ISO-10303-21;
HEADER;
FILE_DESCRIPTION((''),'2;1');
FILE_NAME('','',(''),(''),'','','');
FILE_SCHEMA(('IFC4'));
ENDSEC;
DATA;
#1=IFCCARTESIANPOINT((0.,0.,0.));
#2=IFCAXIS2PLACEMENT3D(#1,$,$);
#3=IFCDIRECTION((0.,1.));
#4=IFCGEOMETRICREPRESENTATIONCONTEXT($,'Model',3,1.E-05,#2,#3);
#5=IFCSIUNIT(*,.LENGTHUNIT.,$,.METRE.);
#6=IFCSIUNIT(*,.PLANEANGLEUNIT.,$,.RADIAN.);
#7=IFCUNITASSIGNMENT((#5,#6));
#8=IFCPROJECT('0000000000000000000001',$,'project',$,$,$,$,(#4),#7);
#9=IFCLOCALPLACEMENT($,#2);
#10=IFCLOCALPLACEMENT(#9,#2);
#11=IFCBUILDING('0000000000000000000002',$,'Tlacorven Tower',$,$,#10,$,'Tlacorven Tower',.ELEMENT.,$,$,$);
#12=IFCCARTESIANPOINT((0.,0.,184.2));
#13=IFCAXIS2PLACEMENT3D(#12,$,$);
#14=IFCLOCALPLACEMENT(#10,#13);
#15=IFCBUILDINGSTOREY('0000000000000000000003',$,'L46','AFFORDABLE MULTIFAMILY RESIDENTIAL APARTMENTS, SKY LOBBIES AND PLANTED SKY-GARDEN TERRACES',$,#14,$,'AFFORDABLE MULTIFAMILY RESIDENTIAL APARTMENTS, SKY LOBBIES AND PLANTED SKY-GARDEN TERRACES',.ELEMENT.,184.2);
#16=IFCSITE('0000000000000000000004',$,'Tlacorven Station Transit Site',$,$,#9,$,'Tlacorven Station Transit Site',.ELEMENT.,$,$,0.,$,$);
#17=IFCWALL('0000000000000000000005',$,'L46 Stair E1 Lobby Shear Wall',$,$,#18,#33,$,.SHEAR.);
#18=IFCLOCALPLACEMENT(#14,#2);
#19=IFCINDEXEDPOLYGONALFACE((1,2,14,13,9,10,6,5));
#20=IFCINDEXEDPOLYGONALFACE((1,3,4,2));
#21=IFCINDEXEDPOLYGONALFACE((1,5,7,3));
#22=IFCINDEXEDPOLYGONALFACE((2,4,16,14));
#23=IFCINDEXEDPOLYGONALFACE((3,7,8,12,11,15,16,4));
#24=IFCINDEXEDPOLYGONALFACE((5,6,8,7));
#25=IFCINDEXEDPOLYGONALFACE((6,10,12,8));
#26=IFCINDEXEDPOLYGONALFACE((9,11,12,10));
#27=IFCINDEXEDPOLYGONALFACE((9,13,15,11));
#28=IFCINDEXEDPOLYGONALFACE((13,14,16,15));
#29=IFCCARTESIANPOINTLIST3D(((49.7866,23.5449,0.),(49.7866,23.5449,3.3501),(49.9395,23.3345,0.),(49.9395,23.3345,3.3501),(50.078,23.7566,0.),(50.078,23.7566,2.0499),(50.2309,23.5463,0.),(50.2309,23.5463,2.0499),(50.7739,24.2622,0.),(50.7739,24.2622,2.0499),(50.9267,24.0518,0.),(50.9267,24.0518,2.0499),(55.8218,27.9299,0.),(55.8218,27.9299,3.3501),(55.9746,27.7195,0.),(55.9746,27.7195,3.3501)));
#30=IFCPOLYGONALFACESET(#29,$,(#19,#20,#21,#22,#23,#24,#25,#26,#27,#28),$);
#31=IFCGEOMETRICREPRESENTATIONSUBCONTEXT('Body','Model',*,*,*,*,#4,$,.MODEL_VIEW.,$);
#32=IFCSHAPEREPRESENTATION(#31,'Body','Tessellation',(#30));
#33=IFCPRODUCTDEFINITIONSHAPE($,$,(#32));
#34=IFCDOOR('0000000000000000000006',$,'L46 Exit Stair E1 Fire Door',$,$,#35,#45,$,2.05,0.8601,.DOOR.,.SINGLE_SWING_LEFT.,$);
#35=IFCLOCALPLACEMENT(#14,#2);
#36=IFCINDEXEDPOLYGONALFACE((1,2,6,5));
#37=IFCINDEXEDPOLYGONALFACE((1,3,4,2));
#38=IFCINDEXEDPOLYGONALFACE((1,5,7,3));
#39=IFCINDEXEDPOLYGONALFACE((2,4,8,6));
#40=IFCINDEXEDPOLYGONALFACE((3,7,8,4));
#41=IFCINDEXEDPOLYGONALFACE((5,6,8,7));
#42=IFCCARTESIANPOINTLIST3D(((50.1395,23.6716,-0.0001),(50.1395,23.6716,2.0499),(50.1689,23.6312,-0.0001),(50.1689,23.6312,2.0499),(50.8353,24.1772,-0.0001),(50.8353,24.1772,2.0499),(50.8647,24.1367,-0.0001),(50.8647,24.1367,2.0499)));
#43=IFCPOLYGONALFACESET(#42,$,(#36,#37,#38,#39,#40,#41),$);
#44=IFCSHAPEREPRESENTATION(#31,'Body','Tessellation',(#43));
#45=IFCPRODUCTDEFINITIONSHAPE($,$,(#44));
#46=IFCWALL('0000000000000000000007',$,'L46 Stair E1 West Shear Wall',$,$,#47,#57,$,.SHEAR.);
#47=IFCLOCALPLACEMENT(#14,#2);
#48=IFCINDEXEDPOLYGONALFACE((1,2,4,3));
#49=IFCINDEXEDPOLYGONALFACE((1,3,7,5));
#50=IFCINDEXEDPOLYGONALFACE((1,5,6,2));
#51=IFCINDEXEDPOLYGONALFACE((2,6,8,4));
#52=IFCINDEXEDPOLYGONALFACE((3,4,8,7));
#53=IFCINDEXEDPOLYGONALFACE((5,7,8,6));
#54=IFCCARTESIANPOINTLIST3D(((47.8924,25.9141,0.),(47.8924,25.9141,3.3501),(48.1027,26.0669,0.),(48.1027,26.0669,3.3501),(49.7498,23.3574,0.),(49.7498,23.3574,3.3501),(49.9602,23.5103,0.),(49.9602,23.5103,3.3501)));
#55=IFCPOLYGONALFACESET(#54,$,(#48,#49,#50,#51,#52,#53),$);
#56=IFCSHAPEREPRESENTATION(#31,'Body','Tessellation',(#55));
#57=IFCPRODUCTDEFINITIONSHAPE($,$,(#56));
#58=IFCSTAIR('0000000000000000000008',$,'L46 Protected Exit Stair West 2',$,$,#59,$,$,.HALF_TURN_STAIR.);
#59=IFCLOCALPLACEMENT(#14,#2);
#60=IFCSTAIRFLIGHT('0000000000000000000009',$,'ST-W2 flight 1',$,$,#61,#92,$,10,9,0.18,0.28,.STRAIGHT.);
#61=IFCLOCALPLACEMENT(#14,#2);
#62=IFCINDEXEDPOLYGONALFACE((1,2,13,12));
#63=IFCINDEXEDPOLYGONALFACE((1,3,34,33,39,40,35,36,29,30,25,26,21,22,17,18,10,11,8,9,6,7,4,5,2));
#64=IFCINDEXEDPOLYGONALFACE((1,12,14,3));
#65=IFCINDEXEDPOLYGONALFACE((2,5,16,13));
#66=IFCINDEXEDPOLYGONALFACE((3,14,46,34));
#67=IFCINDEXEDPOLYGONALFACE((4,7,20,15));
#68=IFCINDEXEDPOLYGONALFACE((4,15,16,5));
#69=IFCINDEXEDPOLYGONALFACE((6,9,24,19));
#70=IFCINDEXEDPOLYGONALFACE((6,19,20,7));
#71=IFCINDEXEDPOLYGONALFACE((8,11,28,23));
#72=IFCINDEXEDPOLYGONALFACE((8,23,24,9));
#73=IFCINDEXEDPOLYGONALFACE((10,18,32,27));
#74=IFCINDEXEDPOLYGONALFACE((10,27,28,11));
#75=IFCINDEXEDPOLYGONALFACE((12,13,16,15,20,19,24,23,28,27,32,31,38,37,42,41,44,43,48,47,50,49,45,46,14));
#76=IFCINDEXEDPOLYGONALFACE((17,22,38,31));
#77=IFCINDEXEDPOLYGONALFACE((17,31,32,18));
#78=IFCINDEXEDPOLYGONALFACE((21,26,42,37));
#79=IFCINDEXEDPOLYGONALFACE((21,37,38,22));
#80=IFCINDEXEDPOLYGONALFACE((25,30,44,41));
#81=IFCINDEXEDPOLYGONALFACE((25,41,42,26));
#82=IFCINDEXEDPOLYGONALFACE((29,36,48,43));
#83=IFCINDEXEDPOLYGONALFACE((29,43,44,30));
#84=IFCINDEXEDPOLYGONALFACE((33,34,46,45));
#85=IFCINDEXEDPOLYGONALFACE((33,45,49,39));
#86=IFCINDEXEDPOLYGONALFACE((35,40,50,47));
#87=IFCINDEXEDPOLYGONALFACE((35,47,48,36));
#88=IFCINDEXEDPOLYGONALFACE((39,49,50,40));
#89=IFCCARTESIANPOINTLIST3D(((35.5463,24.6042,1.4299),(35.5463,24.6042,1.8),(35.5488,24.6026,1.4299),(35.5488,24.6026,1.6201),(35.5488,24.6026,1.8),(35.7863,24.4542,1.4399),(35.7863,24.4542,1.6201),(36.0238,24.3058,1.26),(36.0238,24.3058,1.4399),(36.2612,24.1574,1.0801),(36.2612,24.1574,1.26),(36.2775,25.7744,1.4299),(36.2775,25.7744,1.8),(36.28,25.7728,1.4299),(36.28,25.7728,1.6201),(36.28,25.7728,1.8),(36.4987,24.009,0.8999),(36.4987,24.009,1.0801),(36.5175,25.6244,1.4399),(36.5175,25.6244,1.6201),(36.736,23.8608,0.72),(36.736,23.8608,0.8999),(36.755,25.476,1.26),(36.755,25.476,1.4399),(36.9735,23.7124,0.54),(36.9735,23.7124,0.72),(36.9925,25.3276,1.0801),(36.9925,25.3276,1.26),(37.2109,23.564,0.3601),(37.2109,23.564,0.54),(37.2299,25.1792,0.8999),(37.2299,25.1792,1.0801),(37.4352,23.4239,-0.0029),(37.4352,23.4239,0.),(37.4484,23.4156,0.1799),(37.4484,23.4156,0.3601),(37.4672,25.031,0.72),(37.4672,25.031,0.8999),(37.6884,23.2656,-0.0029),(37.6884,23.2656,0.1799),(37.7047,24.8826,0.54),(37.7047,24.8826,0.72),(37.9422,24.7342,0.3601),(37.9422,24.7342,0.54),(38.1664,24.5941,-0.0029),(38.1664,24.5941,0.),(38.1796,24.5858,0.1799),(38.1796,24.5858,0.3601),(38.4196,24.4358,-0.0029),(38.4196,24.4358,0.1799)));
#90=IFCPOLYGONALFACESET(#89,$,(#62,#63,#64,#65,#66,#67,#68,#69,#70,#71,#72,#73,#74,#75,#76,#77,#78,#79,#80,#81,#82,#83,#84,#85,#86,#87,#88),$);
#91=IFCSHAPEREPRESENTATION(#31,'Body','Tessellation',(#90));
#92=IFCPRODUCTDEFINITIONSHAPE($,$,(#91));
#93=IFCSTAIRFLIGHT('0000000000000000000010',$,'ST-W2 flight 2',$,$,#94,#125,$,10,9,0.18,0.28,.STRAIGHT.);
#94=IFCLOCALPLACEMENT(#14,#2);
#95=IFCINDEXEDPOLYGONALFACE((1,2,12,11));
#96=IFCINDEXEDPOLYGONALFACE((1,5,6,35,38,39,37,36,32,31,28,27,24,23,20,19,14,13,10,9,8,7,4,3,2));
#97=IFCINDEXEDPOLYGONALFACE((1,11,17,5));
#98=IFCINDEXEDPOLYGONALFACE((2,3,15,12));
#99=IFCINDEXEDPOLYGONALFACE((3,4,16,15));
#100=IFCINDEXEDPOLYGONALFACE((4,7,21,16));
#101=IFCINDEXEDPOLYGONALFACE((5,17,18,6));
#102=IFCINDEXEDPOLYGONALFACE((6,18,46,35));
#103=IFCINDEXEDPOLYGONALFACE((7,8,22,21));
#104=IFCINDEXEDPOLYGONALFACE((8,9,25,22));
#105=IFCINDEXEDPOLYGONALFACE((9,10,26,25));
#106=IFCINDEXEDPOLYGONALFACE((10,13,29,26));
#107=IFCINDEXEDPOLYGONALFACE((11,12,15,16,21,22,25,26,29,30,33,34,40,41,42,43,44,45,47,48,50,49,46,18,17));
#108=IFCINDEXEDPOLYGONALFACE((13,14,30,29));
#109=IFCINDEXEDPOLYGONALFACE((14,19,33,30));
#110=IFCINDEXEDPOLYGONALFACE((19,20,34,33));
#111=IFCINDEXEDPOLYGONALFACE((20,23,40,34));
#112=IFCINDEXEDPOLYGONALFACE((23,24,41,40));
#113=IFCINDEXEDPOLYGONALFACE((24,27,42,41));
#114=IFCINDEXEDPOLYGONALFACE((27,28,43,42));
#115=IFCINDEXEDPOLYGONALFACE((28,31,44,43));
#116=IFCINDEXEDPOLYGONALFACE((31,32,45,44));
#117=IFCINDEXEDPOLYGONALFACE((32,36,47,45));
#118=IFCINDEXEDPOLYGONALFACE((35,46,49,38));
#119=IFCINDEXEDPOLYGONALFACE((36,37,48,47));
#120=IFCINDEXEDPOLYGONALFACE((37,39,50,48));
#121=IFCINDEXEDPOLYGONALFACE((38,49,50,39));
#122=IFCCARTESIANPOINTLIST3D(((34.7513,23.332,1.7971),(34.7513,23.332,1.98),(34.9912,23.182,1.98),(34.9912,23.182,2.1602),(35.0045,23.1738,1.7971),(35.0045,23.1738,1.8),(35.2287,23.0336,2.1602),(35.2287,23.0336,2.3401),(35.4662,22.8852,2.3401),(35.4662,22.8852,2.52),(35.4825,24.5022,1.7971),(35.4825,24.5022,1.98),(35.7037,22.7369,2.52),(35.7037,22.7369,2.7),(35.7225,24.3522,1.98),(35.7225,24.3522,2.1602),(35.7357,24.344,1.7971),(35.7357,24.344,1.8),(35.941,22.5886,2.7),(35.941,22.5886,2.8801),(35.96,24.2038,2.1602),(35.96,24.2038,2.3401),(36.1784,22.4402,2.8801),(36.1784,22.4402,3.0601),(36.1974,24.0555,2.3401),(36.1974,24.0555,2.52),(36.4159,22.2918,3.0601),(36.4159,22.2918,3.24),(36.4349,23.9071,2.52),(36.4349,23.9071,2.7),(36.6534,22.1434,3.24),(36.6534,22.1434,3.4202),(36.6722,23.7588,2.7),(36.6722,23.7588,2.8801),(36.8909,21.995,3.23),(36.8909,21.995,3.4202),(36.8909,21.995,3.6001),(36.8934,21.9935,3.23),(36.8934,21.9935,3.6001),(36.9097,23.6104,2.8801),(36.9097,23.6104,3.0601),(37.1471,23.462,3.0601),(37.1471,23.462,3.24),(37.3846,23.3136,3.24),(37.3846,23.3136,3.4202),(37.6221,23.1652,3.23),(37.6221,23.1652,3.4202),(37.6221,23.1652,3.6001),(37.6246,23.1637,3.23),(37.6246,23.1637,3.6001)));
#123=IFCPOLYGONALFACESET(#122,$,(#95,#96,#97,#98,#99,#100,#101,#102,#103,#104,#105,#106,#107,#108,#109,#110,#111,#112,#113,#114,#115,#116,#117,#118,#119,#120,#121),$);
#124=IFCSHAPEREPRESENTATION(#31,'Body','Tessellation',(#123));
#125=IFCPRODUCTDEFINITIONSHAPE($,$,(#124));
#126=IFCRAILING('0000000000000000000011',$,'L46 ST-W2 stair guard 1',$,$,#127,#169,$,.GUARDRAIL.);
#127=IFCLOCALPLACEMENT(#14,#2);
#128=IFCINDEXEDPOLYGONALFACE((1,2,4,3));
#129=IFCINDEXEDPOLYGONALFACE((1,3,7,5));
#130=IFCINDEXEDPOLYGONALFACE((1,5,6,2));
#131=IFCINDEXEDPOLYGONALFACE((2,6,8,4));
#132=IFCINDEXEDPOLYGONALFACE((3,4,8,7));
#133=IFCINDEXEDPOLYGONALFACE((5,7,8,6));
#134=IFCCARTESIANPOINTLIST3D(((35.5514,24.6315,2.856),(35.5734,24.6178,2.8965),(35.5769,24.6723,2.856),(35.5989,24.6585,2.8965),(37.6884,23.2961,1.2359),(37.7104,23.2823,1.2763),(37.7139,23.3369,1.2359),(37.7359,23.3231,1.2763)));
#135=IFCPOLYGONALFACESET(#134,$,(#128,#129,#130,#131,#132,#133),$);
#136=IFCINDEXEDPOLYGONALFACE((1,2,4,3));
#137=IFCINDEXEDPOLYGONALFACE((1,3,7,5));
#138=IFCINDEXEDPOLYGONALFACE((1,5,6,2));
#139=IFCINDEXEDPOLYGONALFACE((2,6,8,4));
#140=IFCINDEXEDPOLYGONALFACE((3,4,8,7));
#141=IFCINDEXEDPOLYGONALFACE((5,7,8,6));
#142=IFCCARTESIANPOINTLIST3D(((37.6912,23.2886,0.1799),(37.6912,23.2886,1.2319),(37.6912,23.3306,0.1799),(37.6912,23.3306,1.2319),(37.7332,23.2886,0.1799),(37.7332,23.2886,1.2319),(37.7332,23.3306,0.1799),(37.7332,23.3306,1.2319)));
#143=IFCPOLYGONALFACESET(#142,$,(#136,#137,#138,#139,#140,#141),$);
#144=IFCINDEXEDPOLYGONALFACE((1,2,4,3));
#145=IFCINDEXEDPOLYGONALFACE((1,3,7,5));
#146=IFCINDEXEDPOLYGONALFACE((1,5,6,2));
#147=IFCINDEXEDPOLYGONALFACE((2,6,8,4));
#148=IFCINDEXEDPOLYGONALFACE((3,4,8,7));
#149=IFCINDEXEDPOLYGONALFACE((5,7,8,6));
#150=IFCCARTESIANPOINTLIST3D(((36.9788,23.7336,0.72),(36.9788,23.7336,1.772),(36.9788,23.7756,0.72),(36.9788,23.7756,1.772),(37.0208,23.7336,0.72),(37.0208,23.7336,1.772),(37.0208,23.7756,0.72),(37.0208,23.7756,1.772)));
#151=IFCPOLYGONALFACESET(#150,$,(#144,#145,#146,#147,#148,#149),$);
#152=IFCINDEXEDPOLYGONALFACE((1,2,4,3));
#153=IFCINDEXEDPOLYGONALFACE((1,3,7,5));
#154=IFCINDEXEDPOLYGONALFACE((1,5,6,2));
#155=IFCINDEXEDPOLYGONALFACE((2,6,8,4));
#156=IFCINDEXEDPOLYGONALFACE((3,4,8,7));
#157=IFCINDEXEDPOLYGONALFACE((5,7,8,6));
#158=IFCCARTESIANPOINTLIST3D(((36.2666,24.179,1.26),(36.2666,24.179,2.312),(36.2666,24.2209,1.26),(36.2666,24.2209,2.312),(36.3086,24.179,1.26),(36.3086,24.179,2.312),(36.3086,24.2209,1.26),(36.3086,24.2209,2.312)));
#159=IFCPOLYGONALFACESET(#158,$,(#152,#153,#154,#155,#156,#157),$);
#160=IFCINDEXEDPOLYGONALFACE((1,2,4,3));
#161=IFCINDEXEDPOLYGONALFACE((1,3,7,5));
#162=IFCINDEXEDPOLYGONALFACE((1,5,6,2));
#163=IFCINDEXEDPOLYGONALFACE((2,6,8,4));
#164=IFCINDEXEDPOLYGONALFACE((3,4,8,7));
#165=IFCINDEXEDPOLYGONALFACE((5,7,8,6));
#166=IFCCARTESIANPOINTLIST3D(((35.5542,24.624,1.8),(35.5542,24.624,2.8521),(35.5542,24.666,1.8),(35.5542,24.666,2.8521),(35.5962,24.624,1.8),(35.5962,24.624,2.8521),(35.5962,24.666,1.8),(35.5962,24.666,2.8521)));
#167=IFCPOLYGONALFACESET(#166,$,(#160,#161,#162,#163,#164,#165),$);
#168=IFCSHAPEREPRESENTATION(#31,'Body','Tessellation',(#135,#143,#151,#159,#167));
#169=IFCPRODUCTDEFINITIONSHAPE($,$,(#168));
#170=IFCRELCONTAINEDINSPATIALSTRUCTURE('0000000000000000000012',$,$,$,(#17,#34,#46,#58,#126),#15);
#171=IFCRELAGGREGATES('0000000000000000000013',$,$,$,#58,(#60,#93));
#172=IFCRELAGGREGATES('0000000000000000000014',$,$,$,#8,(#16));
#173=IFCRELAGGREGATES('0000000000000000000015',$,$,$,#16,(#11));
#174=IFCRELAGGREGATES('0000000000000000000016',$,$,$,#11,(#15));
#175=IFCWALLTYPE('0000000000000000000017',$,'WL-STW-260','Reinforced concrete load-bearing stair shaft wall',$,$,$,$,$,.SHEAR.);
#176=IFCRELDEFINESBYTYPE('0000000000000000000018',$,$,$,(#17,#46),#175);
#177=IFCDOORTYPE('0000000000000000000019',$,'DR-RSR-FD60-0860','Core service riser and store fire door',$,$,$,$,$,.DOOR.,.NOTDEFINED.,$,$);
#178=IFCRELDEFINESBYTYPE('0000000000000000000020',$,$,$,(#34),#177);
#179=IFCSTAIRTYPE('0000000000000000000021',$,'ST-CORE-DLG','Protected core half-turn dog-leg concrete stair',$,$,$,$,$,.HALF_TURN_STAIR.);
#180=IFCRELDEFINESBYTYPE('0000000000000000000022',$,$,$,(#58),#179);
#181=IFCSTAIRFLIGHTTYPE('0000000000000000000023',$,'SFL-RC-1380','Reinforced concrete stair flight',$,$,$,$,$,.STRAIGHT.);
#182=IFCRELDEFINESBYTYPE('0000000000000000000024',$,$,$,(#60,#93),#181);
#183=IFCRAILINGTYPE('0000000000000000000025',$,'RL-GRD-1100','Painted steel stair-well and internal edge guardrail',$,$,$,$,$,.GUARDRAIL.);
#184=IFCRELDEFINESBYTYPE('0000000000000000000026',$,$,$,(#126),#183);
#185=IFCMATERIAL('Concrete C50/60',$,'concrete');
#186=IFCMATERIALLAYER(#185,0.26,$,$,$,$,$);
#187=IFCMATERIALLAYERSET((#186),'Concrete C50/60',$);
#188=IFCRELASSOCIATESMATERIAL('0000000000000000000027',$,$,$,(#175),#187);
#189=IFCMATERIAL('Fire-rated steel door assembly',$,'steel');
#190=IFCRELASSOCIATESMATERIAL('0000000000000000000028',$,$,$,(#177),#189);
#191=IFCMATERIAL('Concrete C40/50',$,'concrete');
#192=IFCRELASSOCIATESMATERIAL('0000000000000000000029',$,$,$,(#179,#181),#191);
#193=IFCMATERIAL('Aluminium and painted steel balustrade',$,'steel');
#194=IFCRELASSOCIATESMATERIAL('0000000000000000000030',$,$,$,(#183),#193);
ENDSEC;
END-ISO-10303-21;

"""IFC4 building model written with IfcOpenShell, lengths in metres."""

from ifc_helpers import new_model, si_unit, direction, frame, frame_2d, origin, origin_2d, place, context, subcontext, project, spatial, polyline, rectangle, outline, extrude, source, transform, mapped, material, layer, layer_set, type_object, element, fill, aggregate, save


model = new_model("IFC4")

# Units and contexts
model_context = context("Model", 3, precision=1e-05, world=origin(), true_north=direction((0.0, 1.0)))
body_context = subcontext(model_context, "Body", "Model", "MODEL_VIEW")
ifc_project = project(units=[si_unit("LENGTHUNIT", "METRE"), si_unit("PLANEANGLEUNIT", "RADIAN")], contexts=[model_context])

# Site, building, storey
site_placement = place(None, origin())
site = spatial("IfcSite", under=ifc_project, at=site_placement, Name="Tlacorven Station Transit Site", LongName="Tlacorven Station Transit Site", CompositionType="ELEMENT", RefElevation=0.0)
building_placement = place(site_placement, origin())
building = spatial("IfcBuilding", under=site, at=building_placement, Name="Tlacorven Tower", LongName="Tlacorven Tower", CompositionType="ELEMENT")
storey_placement = place(building_placement, frame((0.0, 0.0, 184.2)))
storey = spatial("IfcBuildingStorey", under=building, at=storey_placement, Name="L46", Description="AFFORDABLE MULTIFAMILY RESIDENTIAL APARTMENTS, SKY LOBBIES AND PLANTED SKY-GARDEN TERRACES", LongName="AFFORDABLE MULTIFAMILY RESIDENTIAL APARTMENTS, SKY LOBBIES AND PLANTED SKY-GARDEN TERRACES", CompositionType="ELEMENT", Elevation=184.2)

# Shared definitions
ifc_material_1 = material(Name="Concrete C40/50", Category="concrete")
ifc_material_2 = material(Name="Concrete C50/60", Category="concrete")
ifc_layer_1 = layer(ifc_material_2, 0.26)
ifc_layer_set_1 = layer_set([ifc_layer_1], Name="Concrete C50/60")
wall_type_1 = type_object("IfcWallType", Name="WL-STW-260", Description="Reinforced concrete load-bearing stair shaft wall", PredefinedType="SHEAR", material=ifc_layer_set_1)

# Wall, opening, door
wall_1_placement = place(storey_placement, frame((49.863, 23.4397, 0.0), z_axis=(0.0, 0.0, 1.0), x_axis=(0.809003, 0.587804, 0.0)))
wall_1 = element("IfcWall", 1, at=wall_1_placement, inside=storey, type_object=wall_type_1, Name="L46 Stair E1 Lobby Shear Wall", PredefinedType="SHEAR", context=body_context, shape_type="SweptSolid", body=[
    extrude(rectangle(XDim=7.46, YDim=0.26, at=frame_2d((3.73, 0.0))), origin(), (0.0, 0.0, 1.0), 3.3501),
])
opening_placement = place(wall_1_placement, frame((0.3601, 0.0, 0.0)))
opening = element("IfcOpeningElement", 2, at=opening_placement, cuts=wall_1, PredefinedType="OPENING", context=body_context, shape_type="SweptSolid", body=[
    extrude(rectangle(XDim=0.8601, YDim=2.05, at=frame_2d((0.4302, 1.0249))), frame((0.0, 0.1401, 0.0), z_axis=(0.0, -1.0, 0.0), x_axis=(1.0, 0.0, 0.0)), (0.0, 0.0, 1.0), 0.28),
])
ifc_material_3 = material(Name="Fire-rated steel door assembly", Category="steel")
door_type = type_object("IfcDoorType", Name="DR-RSR-FD60-0860", Description="Core service riser and store fire door", OperationType="NOTDEFINED", PredefinedType="DOOR", material=ifc_material_3)
shared_shape_1 = source(origin(), body_context, "Body", "SweptSolid", [
    extrude(rectangle(XDim=0.8601, YDim=2.05, at=frame_2d((0.4302, 1.0249))), frame((0.0, 0.0249, 0.0), z_axis=(0.0, -1.0, 0.0), x_axis=(1.0, 0.0, 0.0)), (0.0, 0.0, 1.0), 0.05),
])
door_placement = place(opening_placement, frame((0.8601, 0.0, 0.0), z_axis=(0.0, 0.0, 1.0), x_axis=(-1.0, 0.0, 0.0)))
door = element("IfcDoor", 3, at=door_placement, inside=storey, type_object=door_type, Name="L46 Exit Stair E1 Fire Door", OperationType="SINGLE_SWING_LEFT", OverallHeight=2.05, OverallWidth=0.8601, PredefinedType="DOOR", context=body_context, shape_type="MappedRepresentation", body=[
    mapped(shared_shape_1, transform((0.0, 0.0, 0.0), scale=1.0)),
])
fill(opening, door)

# Wall
wall_2_placement = place(storey_placement, frame((49.855, 23.4338, 0.0), z_axis=(0.0, 0.0, 1.0), x_axis=(-0.587767, 0.80903, 0.0)))
element("IfcWall", 4, at=wall_2_placement, inside=storey, type_object=wall_type_1, Name="L46 Stair E1 West Shear Wall", PredefinedType="SHEAR", context=body_context, shape_type="SweptSolid", body=[
    extrude(rectangle(XDim=3.1602, YDim=0.26, at=frame_2d((1.5801, 0.0))), origin(), (0.0, 0.0, 1.0), 3.3501),
])

# Stair, stair flights
stair_type = type_object("IfcStairType", Name="ST-CORE-DLG", Description="Protected core half-turn dog-leg concrete stair", PredefinedType="HALF_TURN_STAIR", material=ifc_material_1)
stair_placement = place(storey_placement, origin())
stair = element("IfcStair", 5, at=stair_placement, inside=storey, type_object=stair_type, Name="L46 Protected Exit Stair West 2", PredefinedType="HALF_TURN_STAIR")
stair_flight_type = type_object("IfcStairFlightType", Name="SFL-RC-1380", Description="Reinforced concrete stair flight", PredefinedType="STRAIGHT", material=ifc_material_1)
shared_shape_2 = source(origin(), body_context, "Body", "SweptSolid", [
    extrude(outline(polyline([(-0.0029, -0.0029), (-0.0029, 0.1799), (0.28, 0.1799), (0.28, 0.3601), (0.5601, 0.3601), (0.5601, 0.54), (0.8401, 0.54), (0.8401, 0.72), (1.1201, 0.72), (1.1201, 0.8999), (1.3999, 0.8999), (1.3999, 1.0801), (1.6799, 1.0801), (1.6799, 1.26), (1.96, 1.26), (1.96, 1.4399), (2.24, 1.4399), (2.24, 1.6201), (2.52, 1.6201), (2.52, 1.8), (2.5229, 1.8), (2.5229, 1.4299), (2.52, 1.4299), (0.2957, 0.0), (0.2957, -0.0029), (-0.0029, -0.0029)])), frame((0.0, 0.6899, 0.0), z_axis=(0.0, -1.0, 0.0), x_axis=(1.0, 0.0, 0.0)), (0.0, 0.0, 1.0), 1.3799),
])
stair_flight_1_placement = place(storey_placement, frame((38.0515, 23.8523, 0.0), z_axis=(0.0, 0.0, 1.0), x_axis=(-0.848048, 0.529919, 0.0)))
stair_flight_1 = element("IfcStairFlight", 6, at=stair_flight_1_placement, type_object=stair_flight_type, Name="ST-W2 flight 1", NumberOfRisers=10, NumberOfTreads=9, PredefinedType="STRAIGHT", RiserHeight=0.18, TreadLength=0.28, context=body_context, shape_type="MappedRepresentation", body=[
    mapped(shared_shape_2, transform((0.0, 0.0, 0.0), scale=1.0)),
])
stair_flight_2_placement = place(storey_placement, frame((35.1194, 23.9155, 1.8), z_axis=(0.0, 0.0, 1.0), x_axis=(0.848048, -0.529919, 0.0)))
stair_flight_2 = element("IfcStairFlight", 7, at=stair_flight_2_placement, type_object=stair_flight_type, Name="ST-W2 flight 2", NumberOfRisers=10, NumberOfTreads=9, PredefinedType="STRAIGHT", RiserHeight=0.18, TreadLength=0.28, context=body_context, shape_type="MappedRepresentation", body=[
    mapped(shared_shape_2, transform((0.0, 0.0, 0.0), scale=1.0)),
])
aggregate(stair, [stair_flight_1, stair_flight_2])

# Railing
ifc_material_4 = material(Name="Aluminium and painted steel balustrade", Category="steel")
railing_type_1 = type_object("IfcRailingType", Name="RL-GRD-1100", Description="Painted steel stair-well and internal edge guardrail", PredefinedType="GUARDRAIL", material=ifc_material_4)
shared_shape_3 = source(origin(), body_context, "Body", "SweptSolid", [
    extrude(rectangle(XDim=0.0481, YDim=0.0481, at=origin_2d()), frame((0.0, 0.0, 1.0762), z_axis=(-0.71332, 0.445774, 0.540796), x_axis=(-0.529955, -0.848026, 0.0)), (0.0, 0.0, 1.0), 2.9958),
    extrude(rectangle(XDim=0.042, YDim=0.042, at=origin_2d()), origin(), (0.0, 0.0, 1.0), 1.052),
    extrude(rectangle(XDim=0.042, YDim=0.042, at=origin_2d()), frame((-0.7124, 0.4451, 0.54)), (0.0, 0.0, 1.0), 1.052),
    extrude(rectangle(XDim=0.042, YDim=0.042, at=origin_2d()), frame((-1.4246, 0.8904, 1.0801)), (0.0, 0.0, 1.0), 1.052),
    extrude(rectangle(XDim=0.042, YDim=0.042, at=origin_2d()), frame((-2.137, 1.3354, 1.6201)), (0.0, 0.0, 1.0), 1.052),
])
railing_1_placement = place(storey_placement, frame((37.7122, 23.3096, 0.1799)))
element("IfcRailing", 8, at=railing_1_placement, inside=storey, type_object=railing_type_1, Name="L46 ST-W2 stair guard 1", PredefinedType="GUARDRAIL", context=body_context, shape_type="MappedRepresentation", body=[
    mapped(shared_shape_3, transform((0.0, 0.0, 0.0), scale=1.0)),
])

save(model, "model.ifc")
